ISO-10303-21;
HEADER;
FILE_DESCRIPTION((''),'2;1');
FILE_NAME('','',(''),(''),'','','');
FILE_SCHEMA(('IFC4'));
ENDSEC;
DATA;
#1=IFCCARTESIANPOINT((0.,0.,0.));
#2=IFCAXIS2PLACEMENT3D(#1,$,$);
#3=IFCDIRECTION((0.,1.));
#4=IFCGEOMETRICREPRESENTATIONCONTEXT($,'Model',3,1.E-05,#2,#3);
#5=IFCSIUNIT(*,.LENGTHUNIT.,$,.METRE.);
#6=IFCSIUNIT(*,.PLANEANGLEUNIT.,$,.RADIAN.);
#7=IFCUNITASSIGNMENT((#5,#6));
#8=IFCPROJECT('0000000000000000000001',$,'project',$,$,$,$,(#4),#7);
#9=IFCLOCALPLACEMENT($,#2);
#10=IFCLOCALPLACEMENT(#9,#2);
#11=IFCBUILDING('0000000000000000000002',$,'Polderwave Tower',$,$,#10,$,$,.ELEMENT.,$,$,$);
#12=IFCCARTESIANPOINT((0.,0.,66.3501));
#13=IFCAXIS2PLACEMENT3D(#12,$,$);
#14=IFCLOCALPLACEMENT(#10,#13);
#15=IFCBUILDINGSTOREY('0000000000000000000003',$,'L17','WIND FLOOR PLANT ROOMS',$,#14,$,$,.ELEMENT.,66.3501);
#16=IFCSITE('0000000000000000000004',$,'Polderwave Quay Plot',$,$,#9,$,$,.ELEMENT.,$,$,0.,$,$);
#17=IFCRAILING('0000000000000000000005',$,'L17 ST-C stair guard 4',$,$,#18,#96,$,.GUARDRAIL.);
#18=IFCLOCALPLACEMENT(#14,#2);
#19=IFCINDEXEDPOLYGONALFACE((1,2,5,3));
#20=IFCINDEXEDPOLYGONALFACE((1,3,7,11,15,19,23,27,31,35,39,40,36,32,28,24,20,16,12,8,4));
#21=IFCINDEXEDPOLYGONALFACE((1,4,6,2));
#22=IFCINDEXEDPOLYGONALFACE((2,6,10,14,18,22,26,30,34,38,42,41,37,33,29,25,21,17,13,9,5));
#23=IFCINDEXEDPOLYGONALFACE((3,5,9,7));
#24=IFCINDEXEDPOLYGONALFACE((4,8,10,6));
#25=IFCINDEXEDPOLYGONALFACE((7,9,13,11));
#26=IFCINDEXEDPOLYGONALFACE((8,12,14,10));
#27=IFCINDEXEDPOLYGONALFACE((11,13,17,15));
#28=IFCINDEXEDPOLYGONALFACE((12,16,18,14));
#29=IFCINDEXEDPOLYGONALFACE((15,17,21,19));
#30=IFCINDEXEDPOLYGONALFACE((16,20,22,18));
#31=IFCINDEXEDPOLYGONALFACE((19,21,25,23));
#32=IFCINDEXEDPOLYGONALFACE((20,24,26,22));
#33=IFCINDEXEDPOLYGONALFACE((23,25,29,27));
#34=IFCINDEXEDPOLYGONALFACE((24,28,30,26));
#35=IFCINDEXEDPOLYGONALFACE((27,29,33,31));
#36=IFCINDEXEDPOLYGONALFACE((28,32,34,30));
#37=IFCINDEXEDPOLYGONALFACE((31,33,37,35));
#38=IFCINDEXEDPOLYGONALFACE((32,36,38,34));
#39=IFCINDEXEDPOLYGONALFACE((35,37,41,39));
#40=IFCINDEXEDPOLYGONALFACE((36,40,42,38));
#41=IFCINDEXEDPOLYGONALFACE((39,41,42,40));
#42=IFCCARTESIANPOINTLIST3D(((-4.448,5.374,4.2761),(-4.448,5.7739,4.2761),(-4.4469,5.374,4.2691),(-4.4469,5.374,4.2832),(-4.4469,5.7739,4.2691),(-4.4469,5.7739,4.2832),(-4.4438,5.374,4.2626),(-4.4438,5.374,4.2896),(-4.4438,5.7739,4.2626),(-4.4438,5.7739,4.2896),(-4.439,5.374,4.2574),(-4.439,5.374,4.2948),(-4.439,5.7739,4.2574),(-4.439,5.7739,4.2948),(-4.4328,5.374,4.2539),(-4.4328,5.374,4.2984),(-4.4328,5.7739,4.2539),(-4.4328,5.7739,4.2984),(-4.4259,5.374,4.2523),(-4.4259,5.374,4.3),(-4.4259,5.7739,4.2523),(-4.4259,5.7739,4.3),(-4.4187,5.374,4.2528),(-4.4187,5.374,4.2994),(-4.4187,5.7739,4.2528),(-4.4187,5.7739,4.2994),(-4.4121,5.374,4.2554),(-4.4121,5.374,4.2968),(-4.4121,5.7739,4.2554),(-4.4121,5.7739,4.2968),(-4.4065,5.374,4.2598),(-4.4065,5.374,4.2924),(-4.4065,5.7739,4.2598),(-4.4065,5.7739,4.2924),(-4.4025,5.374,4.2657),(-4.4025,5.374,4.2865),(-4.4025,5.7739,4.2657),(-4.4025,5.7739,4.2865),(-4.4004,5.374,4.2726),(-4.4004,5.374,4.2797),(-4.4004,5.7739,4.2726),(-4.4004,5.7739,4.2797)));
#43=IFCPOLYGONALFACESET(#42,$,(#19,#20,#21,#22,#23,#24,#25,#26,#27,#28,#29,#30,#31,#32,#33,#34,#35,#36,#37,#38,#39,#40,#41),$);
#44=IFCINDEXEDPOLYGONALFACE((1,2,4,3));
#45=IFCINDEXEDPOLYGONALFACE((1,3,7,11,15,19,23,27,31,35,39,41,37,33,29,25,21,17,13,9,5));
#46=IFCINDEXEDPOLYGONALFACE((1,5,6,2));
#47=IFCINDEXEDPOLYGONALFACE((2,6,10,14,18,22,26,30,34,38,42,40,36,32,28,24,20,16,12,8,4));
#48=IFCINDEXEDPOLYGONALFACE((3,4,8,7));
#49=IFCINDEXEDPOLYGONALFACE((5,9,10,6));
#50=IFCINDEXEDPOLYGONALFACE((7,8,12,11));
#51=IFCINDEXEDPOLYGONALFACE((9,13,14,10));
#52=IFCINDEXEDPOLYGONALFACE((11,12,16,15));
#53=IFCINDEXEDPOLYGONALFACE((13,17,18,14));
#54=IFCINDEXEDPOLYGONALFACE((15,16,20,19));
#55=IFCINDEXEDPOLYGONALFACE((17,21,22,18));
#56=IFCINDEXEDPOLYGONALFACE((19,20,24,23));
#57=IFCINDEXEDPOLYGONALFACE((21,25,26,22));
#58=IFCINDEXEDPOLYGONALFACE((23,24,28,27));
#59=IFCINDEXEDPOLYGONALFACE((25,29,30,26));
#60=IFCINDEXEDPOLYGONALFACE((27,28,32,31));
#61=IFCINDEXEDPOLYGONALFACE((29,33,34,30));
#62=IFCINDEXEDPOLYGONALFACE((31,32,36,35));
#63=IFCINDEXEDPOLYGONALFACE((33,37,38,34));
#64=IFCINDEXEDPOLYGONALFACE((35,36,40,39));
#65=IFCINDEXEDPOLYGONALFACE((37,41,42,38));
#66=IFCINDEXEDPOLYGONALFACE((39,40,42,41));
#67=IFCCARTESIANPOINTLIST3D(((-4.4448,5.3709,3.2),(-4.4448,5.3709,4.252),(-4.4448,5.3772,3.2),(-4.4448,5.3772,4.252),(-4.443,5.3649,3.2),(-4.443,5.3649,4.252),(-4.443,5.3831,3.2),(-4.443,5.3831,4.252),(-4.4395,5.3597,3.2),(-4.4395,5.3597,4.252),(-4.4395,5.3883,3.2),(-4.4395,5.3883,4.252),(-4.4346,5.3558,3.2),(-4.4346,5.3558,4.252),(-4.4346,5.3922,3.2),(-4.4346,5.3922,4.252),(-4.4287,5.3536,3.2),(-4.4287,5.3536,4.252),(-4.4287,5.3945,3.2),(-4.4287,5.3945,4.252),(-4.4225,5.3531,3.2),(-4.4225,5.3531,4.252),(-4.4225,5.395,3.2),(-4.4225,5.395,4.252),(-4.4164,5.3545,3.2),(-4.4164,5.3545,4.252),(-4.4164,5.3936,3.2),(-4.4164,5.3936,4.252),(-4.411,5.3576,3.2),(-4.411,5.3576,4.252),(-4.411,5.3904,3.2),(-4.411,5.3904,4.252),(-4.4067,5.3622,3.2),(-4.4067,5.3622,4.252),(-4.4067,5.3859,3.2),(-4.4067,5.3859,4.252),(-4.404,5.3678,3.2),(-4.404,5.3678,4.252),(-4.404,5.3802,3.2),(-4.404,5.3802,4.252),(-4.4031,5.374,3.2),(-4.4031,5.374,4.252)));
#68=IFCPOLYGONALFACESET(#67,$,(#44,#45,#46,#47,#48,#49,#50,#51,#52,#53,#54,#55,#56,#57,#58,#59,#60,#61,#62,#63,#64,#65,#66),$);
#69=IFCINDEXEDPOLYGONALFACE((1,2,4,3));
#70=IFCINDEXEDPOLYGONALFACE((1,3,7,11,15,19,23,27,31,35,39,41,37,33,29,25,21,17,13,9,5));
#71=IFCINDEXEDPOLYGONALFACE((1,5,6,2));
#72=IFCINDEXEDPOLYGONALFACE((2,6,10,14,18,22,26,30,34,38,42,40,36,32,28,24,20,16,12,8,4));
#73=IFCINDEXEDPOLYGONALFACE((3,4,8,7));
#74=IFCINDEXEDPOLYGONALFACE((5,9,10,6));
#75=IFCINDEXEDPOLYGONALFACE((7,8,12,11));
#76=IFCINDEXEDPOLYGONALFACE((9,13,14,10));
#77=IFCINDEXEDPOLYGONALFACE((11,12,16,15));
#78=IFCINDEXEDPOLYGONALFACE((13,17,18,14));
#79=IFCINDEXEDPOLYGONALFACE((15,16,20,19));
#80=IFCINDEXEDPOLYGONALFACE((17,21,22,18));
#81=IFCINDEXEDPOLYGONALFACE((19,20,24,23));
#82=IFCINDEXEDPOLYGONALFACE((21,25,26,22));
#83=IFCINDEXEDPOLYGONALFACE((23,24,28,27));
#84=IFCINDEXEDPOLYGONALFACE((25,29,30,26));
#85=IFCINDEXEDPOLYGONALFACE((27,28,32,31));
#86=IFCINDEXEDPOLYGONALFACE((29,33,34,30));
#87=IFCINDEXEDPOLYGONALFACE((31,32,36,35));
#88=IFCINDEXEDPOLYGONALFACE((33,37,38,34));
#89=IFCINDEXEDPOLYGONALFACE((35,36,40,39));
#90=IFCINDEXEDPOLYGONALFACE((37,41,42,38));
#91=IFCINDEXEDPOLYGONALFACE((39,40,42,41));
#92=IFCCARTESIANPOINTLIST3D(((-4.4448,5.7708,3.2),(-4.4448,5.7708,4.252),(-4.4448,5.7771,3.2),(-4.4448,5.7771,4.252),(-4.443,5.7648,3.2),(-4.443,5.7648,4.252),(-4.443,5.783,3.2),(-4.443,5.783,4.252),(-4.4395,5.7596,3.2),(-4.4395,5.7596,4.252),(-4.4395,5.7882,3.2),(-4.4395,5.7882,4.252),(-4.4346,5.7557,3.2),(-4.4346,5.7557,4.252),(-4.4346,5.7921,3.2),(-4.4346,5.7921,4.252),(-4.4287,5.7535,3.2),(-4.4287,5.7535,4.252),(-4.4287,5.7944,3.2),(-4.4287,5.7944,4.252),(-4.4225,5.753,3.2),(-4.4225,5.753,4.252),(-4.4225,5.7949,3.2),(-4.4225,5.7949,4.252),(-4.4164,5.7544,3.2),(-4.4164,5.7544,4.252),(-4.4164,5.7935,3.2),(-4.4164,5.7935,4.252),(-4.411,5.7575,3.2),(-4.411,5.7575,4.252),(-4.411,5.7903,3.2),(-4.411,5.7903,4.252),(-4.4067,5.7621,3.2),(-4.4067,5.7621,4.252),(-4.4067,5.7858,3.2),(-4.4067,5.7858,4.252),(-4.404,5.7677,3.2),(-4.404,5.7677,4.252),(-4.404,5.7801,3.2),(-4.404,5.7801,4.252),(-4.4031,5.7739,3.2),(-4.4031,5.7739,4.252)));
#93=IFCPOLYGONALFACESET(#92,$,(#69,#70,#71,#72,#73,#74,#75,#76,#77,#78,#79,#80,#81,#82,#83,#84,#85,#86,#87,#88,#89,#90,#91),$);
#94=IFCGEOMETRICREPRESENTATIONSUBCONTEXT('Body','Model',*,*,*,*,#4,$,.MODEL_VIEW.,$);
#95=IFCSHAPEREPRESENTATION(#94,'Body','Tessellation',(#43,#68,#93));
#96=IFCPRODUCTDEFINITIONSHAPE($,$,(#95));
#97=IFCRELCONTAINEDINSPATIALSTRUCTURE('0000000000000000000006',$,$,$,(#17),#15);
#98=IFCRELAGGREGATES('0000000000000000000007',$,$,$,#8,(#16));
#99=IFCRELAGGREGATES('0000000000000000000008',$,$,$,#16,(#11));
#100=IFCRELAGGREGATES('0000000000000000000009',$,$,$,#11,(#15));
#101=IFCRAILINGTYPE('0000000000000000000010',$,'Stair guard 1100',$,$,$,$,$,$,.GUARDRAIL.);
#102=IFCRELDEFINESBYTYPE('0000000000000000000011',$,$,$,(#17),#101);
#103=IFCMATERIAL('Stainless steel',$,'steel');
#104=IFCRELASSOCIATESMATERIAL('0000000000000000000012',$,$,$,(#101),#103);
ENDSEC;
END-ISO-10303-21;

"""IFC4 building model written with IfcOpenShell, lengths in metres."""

from ifc_helpers import new_model, si_unit, direction, frame, origin, origin_2d, place, context, subcontext, project, spatial, circle, extrude, material, type_object, element, save


model = new_model("IFC4")

# Units and contexts
model_context = context("Model", 3, precision=1e-05, world=origin(), true_north=direction((0.0, 1.0)))
body_context = subcontext(model_context, "Body", "Model", "MODEL_VIEW")
ifc_project = project(units=[si_unit("LENGTHUNIT", "METRE"), si_unit("PLANEANGLEUNIT", "RADIAN")], contexts=[model_context])

# Site, building, storey
site_placement = place(None, origin())
site = spatial("IfcSite", under=ifc_project, at=site_placement, Name="Polderwave Quay Plot", CompositionType="ELEMENT", RefElevation=0.0)
building_placement = place(site_placement, origin())
building = spatial("IfcBuilding", under=site, at=building_placement, Name="Polderwave Tower", CompositionType="ELEMENT")
storey_placement = place(building_placement, frame((0.0, 0.0, 66.3501)))
storey = spatial("IfcBuildingStorey", under=building, at=storey_placement, Name="L17", Description="WIND FLOOR PLANT ROOMS", CompositionType="ELEMENT", Elevation=66.3501)

# Railing
ifc_material_1 = material(Name="Stainless steel", Category="steel")
railing_type_1 = type_object("IfcRailingType", Name="Stair guard 1100", PredefinedType="GUARDRAIL", material=ifc_material_1)
railing_1_placement = place(storey_placement, frame((-4.4241, 5.374, 3.2)))
element("IfcRailing", 1, at=railing_1_placement, inside=storey, type_object=railing_type_1, Name="L17 ST-C stair guard 4", PredefinedType="GUARDRAIL", context=body_context, shape_type="SweptSolid", body=[
    extrude(circle(Radius=0.0239, at=origin_2d()), frame((0.0, 0.0, 1.0762), z_axis=(0.0, 1.0, 0.0), x_axis=(-1.0, 0.0, 0.0)), (0.0, 0.0, 1.0), 0.3999),
    extrude(circle(Radius=0.021, at=origin_2d()), origin(), (0.0, 0.0, 1.0), 1.052),
    extrude(circle(Radius=0.021, at=origin_2d()), frame((0.0, 0.3999, 0.0)), (0.0, 0.0, 1.0), 1.052),
])

save(model, "model.ifc")
